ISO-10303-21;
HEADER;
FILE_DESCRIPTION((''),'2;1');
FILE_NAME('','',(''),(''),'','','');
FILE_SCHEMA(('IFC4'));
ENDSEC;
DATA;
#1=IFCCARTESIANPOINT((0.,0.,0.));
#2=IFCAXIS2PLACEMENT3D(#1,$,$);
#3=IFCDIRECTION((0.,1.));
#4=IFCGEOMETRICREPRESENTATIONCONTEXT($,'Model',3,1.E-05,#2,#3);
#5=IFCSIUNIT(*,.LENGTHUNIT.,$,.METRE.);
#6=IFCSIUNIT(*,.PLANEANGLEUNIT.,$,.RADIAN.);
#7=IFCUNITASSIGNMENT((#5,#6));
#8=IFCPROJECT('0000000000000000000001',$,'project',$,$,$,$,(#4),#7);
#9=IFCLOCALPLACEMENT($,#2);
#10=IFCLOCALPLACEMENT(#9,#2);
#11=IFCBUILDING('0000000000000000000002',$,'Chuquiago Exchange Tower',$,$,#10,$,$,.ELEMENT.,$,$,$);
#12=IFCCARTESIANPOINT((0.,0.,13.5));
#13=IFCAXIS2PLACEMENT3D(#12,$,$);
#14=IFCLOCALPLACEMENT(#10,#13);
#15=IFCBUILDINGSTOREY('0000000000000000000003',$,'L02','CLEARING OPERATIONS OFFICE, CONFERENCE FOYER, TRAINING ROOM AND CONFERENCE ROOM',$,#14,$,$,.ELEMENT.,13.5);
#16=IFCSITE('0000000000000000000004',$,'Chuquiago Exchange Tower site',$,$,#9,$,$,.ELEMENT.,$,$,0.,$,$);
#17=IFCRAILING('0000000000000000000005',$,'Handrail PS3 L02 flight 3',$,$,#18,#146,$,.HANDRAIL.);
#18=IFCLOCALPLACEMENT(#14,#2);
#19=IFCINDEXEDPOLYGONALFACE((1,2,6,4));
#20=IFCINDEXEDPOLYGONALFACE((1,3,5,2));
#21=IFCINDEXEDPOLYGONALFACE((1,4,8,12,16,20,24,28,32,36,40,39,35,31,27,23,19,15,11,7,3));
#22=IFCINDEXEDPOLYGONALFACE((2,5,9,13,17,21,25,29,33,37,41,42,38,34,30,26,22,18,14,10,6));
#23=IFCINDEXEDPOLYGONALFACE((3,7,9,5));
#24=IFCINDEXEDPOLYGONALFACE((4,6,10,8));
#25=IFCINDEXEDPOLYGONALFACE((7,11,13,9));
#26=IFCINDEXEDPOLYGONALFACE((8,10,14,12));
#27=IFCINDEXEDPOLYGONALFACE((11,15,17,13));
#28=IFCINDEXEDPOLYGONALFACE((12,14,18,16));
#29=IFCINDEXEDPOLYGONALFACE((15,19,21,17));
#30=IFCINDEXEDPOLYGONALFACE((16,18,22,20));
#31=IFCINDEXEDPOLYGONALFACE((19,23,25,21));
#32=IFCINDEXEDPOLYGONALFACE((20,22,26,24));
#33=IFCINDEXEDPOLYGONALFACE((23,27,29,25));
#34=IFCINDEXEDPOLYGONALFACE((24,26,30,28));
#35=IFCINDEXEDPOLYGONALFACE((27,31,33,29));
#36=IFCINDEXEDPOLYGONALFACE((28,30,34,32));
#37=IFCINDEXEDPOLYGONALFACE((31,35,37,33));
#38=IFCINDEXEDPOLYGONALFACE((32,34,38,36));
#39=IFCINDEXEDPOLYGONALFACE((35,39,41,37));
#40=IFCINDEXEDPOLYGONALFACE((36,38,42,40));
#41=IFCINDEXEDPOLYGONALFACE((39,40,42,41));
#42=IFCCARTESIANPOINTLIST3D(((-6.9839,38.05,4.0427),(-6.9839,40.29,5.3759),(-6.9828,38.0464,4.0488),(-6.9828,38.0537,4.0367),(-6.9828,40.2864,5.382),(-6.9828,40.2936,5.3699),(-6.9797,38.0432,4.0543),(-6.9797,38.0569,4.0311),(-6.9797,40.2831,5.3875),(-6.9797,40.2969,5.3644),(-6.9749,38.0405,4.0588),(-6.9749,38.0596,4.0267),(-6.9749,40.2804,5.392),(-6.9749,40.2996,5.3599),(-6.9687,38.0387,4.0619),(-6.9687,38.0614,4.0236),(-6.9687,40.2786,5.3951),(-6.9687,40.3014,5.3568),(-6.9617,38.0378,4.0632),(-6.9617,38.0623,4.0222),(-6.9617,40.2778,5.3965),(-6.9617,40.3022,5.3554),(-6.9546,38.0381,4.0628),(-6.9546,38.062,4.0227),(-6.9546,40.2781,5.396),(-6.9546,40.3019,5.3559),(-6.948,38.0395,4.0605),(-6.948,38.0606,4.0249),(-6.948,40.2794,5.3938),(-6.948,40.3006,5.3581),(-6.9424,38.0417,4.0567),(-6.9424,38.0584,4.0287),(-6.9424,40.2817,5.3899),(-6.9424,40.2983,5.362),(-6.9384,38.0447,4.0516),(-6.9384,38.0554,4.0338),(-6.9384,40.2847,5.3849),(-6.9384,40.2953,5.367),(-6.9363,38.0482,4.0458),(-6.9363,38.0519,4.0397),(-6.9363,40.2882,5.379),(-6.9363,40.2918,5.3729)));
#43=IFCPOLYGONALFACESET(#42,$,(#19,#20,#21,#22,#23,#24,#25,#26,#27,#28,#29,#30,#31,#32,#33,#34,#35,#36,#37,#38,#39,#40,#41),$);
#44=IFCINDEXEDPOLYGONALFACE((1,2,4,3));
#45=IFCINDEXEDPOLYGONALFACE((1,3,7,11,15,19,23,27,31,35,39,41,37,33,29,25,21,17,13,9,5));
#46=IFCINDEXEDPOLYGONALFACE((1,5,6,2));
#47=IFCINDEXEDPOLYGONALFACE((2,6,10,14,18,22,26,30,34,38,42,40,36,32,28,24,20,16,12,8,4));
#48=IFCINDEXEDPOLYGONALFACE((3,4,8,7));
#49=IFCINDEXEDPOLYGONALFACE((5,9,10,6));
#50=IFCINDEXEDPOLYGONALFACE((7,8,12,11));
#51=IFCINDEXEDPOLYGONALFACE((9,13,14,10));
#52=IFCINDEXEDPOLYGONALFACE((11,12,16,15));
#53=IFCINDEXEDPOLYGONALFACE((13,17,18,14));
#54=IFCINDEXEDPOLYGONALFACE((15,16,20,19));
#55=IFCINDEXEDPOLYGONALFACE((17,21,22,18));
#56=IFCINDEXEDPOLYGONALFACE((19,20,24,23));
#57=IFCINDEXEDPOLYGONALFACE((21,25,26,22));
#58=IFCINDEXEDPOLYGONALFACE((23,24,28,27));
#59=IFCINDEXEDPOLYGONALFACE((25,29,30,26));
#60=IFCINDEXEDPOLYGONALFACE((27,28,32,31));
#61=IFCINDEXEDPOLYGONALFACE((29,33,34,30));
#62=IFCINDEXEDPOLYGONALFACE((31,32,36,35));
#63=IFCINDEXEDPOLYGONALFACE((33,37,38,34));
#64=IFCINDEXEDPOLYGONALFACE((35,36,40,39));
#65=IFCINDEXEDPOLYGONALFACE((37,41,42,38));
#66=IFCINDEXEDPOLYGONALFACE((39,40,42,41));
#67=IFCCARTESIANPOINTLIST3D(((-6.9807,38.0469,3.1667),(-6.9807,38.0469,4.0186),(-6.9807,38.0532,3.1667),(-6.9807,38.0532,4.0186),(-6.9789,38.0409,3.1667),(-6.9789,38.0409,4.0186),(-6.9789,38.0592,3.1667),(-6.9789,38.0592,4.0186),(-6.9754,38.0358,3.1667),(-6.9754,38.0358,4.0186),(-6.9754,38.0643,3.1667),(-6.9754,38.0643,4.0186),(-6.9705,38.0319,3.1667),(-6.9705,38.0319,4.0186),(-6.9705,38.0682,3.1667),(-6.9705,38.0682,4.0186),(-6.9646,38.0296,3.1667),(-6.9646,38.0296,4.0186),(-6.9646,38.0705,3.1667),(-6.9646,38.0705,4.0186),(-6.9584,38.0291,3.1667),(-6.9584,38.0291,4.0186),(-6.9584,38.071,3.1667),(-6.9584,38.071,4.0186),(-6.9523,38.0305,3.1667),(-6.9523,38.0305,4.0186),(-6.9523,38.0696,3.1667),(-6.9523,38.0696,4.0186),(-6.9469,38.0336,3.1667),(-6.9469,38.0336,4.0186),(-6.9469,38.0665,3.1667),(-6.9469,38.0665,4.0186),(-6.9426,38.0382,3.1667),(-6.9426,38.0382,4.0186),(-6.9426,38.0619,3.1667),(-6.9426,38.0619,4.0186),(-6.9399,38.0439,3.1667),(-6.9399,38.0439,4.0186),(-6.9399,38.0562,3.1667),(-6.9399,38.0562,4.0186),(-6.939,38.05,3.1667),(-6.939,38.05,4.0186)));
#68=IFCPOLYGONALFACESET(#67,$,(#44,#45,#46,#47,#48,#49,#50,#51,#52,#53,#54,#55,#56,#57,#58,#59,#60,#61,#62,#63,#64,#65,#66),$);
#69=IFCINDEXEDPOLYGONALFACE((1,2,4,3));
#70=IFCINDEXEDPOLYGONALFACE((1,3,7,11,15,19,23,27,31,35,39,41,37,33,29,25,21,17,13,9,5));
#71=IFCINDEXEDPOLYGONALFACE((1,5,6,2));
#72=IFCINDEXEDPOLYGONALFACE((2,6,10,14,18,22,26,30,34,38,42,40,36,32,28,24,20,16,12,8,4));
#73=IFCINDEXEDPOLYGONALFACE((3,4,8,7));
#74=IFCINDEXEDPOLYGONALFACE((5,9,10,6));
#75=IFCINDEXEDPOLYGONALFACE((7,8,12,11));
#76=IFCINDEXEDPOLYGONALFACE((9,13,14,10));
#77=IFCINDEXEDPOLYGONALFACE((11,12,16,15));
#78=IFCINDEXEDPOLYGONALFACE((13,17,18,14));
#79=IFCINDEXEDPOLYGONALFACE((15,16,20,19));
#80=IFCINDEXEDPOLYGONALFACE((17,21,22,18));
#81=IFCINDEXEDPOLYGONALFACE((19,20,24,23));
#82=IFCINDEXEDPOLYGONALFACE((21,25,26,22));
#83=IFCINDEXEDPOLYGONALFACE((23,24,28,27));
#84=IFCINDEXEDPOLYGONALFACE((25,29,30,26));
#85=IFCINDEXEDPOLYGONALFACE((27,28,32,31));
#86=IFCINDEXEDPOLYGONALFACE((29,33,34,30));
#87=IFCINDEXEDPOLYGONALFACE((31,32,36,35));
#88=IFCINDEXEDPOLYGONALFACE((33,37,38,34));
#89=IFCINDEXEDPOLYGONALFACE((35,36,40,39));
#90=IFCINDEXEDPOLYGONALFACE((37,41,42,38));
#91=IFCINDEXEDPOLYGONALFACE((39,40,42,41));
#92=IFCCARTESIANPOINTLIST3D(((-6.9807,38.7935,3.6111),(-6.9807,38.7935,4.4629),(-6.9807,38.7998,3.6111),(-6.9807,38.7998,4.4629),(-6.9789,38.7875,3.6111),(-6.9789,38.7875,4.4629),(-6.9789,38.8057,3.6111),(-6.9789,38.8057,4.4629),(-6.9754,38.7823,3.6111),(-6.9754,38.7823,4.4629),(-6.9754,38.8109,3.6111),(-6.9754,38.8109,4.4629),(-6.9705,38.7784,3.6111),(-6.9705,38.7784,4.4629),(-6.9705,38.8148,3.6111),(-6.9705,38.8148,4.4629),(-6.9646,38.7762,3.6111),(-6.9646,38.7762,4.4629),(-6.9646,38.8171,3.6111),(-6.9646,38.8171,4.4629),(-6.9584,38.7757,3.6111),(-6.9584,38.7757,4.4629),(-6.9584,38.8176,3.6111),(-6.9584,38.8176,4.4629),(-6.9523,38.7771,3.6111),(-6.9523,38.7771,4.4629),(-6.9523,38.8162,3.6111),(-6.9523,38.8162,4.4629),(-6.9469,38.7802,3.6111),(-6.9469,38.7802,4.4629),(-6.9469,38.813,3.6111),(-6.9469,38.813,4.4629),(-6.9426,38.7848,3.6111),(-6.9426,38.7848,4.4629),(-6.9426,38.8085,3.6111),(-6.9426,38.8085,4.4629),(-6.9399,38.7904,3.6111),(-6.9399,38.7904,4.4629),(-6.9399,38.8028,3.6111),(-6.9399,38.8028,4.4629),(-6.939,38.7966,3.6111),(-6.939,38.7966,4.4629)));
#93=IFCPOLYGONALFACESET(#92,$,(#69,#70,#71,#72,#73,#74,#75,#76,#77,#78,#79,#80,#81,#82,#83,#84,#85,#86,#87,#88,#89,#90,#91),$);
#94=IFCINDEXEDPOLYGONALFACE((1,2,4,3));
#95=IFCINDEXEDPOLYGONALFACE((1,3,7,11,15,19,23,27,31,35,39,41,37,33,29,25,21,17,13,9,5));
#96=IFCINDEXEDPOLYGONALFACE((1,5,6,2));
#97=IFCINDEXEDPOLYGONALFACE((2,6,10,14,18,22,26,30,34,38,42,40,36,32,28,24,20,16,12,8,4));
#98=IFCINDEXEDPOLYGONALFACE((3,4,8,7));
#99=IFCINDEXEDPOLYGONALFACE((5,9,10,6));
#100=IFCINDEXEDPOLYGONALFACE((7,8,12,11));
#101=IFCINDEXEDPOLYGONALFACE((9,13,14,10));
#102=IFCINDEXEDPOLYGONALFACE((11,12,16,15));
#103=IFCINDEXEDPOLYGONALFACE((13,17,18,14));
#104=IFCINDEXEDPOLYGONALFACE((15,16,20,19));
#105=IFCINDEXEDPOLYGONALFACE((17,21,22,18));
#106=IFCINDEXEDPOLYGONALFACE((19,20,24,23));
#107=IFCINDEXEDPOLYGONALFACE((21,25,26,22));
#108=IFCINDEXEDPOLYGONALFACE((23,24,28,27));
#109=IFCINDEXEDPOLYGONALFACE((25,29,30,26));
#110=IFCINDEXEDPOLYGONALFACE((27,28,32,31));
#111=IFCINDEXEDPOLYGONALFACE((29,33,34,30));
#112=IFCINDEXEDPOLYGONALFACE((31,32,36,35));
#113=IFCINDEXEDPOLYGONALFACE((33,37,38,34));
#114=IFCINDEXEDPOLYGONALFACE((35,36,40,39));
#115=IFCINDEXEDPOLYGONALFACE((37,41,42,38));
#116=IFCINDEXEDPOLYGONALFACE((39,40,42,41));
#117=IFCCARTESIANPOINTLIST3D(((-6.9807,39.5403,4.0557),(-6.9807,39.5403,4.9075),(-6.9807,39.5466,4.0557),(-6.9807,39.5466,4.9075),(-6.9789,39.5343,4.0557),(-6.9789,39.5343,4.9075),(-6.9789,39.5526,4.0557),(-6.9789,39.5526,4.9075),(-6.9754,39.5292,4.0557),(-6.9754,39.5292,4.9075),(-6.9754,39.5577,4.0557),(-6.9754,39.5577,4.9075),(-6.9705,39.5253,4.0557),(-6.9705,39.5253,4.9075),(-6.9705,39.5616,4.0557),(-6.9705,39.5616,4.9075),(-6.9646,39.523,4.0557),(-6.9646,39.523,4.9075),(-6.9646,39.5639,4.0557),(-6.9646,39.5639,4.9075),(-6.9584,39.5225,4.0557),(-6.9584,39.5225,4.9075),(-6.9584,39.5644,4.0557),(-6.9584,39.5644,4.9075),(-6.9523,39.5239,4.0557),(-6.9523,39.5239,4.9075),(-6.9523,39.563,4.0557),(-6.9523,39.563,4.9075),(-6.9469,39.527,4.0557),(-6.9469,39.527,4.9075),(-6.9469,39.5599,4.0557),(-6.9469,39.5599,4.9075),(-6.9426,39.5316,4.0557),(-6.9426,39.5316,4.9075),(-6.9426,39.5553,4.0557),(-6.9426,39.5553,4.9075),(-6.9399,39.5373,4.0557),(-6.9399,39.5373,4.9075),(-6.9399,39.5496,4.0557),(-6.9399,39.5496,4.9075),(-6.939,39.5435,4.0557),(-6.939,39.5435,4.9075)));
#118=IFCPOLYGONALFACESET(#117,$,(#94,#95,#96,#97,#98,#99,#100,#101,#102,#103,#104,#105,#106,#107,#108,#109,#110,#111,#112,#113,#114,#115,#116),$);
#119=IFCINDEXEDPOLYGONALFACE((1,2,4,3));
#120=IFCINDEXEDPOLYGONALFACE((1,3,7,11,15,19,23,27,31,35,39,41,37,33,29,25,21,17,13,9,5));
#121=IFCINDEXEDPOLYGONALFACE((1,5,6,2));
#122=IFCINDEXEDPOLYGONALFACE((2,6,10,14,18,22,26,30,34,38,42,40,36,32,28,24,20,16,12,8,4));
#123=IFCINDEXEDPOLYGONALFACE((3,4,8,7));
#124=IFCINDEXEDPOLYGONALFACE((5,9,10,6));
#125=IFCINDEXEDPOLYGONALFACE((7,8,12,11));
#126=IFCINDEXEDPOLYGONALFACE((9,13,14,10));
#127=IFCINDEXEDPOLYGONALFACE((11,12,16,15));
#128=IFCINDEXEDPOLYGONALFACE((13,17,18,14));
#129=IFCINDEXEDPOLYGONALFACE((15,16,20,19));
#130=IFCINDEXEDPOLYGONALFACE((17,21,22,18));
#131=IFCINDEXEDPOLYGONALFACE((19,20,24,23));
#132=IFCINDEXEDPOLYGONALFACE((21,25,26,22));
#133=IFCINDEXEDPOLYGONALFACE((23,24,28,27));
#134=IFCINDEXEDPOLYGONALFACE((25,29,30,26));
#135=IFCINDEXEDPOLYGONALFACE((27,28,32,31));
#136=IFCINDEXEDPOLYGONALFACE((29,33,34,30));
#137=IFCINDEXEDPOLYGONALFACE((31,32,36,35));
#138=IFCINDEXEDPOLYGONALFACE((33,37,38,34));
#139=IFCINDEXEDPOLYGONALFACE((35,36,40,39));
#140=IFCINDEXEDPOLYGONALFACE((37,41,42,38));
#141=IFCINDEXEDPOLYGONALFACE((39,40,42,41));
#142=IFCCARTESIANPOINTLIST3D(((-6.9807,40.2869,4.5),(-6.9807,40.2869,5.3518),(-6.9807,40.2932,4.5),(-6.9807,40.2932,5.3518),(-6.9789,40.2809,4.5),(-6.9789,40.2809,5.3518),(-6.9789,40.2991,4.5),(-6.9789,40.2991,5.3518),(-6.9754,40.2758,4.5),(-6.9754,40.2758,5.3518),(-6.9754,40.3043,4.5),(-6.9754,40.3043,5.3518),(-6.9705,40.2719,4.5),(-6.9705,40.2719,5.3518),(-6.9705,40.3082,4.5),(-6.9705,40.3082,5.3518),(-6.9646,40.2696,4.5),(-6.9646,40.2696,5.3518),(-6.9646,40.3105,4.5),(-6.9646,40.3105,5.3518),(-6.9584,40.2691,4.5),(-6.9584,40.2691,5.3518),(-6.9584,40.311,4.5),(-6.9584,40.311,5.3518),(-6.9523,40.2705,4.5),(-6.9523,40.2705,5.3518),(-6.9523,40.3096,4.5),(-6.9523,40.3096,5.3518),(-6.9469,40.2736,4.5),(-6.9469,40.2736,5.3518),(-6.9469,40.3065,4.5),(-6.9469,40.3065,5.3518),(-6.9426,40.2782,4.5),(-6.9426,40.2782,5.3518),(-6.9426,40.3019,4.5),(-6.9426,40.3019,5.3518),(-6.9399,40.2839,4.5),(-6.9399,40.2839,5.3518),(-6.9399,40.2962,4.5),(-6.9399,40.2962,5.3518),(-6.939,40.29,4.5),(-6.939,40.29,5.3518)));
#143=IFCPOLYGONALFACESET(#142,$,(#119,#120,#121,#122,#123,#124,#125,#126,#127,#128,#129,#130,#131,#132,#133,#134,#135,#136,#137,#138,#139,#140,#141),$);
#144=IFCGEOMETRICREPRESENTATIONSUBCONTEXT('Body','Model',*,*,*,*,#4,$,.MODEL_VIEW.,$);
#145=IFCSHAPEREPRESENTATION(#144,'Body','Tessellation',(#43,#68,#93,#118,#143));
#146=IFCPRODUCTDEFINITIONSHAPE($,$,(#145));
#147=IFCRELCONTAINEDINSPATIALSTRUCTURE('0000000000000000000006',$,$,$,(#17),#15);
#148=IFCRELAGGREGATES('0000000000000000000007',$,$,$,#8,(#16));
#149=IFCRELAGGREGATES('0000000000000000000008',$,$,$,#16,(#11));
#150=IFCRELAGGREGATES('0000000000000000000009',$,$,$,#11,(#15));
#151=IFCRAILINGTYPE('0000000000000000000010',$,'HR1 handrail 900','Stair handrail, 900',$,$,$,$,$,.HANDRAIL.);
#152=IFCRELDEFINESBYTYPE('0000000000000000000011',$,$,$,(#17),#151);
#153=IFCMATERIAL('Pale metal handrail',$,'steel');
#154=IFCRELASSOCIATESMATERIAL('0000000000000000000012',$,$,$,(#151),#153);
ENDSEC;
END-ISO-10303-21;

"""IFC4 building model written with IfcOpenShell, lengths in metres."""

from ifc_helpers import new_model, si_unit, direction, frame, origin, origin_2d, place, context, subcontext, project, spatial, circle, extrude, material, type_object, element, save


model = new_model("IFC4")

# Units and contexts
model_context = context("Model", 3, precision=1e-05, world=origin(), true_north=direction((0.0, 1.0)))
body_context = subcontext(model_context, "Body", "Model", "MODEL_VIEW")
ifc_project = project(units=[si_unit("LENGTHUNIT", "METRE"), si_unit("PLANEANGLEUNIT", "RADIAN")], contexts=[model_context])

# Site, building, storey
site_placement = place(None, origin())
site = spatial("IfcSite", under=ifc_project, at=site_placement, Name="Chuquiago Exchange Tower site", CompositionType="ELEMENT", RefElevation=0.0)
building_placement = place(site_placement, origin())
building = spatial("IfcBuilding", under=site, at=building_placement, Name="Chuquiago Exchange Tower", CompositionType="ELEMENT")
storey_placement = place(building_placement, frame((0.0, 0.0, 13.5)))
storey = spatial("IfcBuildingStorey", under=building, at=storey_placement, Name="L02", Description="CLEARING OPERATIONS OFFICE, CONFERENCE FOYER, TRAINING ROOM AND CONFERENCE ROOM", CompositionType="ELEMENT", Elevation=13.5)

# Railing
ifc_material_1 = material(Name="Pale metal handrail", Category="steel")
railing_type = type_object("IfcRailingType", Name="HR1 handrail 900", Description="Stair handrail, 900", PredefinedType="HANDRAIL", material=ifc_material_1)
for number, where, name in (
    (1, (-6.96, 38.05, 3.1667), "Handrail PS3 L02 flight 3"),
):
    element("IfcRailing", number, at=place(storey_placement, frame(where)), inside=storey, type_object=railing_type, Name=name, PredefinedType="HANDRAIL", context=body_context, shape_type="SweptSolid", body=[
        extrude(circle(Radius=0.0239, at=origin_2d()), frame((0.0, 0.0, 0.876), z_axis=(0.0, 0.859306, 0.511462), x_axis=(-1.0, 0.0, 0.0)), (0.0, 0.0, 1.0), 2.6067),
        extrude(circle(Radius=0.021, at=origin_2d()), origin(), (0.0, 0.0, 1.0), 0.8518),
        extrude(circle(Radius=0.021, at=origin_2d()), frame((0.0, 0.7466, 0.4443)), (0.0, 0.0, 1.0), 0.8518),
        extrude(circle(Radius=0.021, at=origin_2d()), frame((0.0, 1.4934, 0.8889)), (0.0, 0.0, 1.0), 0.8518),
        extrude(circle(Radius=0.021, at=origin_2d()), frame((0.0, 2.24, 1.3333)), (0.0, 0.0, 1.0), 0.8518),
    ])

save(model, "model.ifc")
